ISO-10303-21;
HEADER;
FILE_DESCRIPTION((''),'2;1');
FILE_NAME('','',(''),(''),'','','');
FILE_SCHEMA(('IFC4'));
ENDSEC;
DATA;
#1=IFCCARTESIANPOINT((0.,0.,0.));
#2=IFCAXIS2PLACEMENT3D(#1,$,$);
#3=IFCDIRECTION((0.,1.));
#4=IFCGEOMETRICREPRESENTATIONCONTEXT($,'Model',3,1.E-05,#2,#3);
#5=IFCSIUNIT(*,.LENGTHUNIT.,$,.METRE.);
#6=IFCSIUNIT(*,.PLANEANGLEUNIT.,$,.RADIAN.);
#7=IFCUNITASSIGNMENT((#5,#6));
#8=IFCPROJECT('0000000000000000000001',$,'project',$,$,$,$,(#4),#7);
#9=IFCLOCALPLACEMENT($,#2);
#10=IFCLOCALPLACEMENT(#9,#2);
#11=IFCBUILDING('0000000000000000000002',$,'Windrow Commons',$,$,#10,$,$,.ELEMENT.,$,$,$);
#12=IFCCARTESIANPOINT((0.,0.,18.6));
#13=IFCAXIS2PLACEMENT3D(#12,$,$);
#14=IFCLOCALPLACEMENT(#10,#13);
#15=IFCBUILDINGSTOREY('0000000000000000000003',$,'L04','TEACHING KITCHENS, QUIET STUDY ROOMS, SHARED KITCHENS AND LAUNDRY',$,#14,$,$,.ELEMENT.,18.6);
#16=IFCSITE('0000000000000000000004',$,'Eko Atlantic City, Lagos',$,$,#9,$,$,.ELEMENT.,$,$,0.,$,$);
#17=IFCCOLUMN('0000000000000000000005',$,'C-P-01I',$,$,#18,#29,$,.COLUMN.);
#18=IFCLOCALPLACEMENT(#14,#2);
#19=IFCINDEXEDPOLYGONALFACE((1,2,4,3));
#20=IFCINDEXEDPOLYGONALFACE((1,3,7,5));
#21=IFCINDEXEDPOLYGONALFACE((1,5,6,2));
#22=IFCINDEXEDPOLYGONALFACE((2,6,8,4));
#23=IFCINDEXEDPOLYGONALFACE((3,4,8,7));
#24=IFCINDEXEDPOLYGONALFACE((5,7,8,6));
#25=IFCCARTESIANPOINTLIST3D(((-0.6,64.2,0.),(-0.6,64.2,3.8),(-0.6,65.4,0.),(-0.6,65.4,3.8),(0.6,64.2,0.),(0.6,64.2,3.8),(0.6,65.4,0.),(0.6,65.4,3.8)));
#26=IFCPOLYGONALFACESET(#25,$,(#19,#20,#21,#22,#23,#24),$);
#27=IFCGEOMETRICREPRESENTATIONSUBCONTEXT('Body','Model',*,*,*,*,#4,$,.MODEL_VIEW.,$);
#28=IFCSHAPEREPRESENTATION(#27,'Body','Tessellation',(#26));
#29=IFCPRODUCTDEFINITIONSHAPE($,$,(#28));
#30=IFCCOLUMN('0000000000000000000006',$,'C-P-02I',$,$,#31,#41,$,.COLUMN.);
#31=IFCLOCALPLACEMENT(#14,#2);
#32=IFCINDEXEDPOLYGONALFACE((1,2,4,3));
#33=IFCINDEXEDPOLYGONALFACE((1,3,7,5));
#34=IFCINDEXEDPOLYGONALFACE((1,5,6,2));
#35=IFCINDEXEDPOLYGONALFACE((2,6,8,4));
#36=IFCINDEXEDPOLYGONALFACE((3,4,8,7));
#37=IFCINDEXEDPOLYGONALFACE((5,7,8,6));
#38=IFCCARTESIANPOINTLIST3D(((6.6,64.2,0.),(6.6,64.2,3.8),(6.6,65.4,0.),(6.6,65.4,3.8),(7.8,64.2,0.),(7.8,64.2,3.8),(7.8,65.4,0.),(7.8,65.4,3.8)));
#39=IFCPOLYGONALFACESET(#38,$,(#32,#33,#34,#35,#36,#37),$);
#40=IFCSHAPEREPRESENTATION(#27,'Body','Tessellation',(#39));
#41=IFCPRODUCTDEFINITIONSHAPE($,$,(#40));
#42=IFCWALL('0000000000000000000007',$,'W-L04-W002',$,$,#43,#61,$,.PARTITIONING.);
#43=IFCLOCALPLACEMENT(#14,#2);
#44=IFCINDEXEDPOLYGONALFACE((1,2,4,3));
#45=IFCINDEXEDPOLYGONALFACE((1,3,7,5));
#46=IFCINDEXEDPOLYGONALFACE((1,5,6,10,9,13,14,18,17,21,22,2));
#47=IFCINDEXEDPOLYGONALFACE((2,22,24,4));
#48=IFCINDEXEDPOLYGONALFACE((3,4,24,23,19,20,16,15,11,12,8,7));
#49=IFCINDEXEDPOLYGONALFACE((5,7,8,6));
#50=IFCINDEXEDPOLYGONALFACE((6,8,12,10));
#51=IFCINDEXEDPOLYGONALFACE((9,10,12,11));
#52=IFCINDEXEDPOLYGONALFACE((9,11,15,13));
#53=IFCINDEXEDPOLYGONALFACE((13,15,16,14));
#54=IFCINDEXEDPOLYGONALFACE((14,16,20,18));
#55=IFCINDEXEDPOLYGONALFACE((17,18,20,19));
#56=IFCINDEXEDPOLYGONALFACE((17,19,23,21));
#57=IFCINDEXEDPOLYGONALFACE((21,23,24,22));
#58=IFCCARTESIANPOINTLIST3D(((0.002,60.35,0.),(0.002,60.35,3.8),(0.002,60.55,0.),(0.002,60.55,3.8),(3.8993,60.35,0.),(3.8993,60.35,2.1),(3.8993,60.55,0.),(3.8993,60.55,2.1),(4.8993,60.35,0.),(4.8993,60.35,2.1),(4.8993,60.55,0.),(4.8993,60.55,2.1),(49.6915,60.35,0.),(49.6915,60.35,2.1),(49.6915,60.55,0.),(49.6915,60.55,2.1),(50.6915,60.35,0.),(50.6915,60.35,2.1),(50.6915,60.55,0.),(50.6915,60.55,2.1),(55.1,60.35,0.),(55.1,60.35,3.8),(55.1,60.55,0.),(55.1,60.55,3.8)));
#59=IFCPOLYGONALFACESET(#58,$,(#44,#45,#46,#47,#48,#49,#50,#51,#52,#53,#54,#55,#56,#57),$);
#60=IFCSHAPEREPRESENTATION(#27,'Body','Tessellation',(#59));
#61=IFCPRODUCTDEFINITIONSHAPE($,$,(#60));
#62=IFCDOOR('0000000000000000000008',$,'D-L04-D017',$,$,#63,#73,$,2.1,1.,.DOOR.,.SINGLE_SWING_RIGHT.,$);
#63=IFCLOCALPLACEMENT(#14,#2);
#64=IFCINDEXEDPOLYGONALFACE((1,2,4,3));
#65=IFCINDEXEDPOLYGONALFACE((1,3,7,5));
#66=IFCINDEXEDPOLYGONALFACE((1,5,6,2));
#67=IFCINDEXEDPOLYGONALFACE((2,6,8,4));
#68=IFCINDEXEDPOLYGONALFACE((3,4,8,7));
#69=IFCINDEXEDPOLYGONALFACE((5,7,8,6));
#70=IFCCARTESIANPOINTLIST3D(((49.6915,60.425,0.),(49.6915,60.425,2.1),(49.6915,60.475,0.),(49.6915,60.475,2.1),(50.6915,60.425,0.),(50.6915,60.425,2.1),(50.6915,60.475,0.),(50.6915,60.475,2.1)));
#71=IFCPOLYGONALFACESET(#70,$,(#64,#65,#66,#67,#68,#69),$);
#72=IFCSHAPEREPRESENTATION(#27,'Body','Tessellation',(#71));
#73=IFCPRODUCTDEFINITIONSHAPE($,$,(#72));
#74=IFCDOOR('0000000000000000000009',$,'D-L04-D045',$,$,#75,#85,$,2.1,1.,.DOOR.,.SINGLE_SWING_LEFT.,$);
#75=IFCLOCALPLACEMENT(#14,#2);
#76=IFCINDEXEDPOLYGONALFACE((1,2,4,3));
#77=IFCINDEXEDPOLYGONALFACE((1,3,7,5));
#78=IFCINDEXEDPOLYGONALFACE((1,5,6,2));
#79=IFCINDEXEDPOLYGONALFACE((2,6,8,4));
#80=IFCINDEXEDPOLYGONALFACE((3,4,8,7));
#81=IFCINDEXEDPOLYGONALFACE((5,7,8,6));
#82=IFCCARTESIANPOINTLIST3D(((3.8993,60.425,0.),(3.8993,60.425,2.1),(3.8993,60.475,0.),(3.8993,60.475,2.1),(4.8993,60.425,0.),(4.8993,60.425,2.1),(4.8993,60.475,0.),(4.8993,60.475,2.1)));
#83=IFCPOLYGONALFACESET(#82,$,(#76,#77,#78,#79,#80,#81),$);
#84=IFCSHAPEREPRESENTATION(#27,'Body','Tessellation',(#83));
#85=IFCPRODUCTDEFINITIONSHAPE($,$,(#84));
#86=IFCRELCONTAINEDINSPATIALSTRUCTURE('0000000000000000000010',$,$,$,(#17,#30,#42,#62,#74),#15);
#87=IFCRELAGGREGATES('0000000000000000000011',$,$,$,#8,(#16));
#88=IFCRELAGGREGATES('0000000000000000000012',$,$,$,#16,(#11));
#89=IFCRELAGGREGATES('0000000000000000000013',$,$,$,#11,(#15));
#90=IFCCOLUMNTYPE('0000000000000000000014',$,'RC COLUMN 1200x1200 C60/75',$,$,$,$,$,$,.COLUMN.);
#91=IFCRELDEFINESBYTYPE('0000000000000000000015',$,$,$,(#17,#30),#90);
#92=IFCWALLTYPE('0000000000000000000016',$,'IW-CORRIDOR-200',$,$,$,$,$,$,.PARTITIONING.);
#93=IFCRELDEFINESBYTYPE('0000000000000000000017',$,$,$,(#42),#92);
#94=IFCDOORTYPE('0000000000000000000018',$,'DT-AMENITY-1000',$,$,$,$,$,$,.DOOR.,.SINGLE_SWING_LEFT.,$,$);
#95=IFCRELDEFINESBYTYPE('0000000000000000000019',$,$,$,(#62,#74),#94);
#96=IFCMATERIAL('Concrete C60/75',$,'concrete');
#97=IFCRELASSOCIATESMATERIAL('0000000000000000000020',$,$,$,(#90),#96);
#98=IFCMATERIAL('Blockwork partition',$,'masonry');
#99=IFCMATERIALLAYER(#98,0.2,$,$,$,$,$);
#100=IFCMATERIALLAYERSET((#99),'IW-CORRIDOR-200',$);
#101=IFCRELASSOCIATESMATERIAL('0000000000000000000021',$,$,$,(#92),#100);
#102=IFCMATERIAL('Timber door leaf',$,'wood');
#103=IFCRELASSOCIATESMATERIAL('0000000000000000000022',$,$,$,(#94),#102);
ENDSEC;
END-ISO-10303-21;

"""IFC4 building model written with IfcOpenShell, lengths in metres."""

from ifc_helpers import new_model, si_unit, direction, frame, frame_2d, origin, origin_2d, place, context, subcontext, project, spatial, rectangle, extrude, material, layer, layer_set, material_profile, profile_set, type_object, element, fill, save


model = new_model("IFC4")

# Units and contexts
model_context = context("Model", 3, precision=1e-05, world=origin(), true_north=direction((0.0, 1.0)))
body_context = subcontext(model_context, "Body", "Model", "MODEL_VIEW")
ifc_project = project(units=[si_unit("LENGTHUNIT", "METRE"), si_unit("PLANEANGLEUNIT", "RADIAN")], contexts=[model_context])

# Site, building, storey
site_placement = place(None, origin())
site = spatial("IfcSite", under=ifc_project, at=site_placement, Name="Eko Atlantic City, Lagos", CompositionType="ELEMENT", RefElevation=0.0)
building_placement = place(site_placement, origin())
building = spatial("IfcBuilding", under=site, at=building_placement, Name="Windrow Commons", CompositionType="ELEMENT")
storey_placement = place(building_placement, frame((0.0, 0.0, 18.6)))
storey = spatial("IfcBuildingStorey", under=building, at=storey_placement, Name="L04", Description="TEACHING KITCHENS, QUIET STUDY ROOMS, SHARED KITCHENS AND LAUNDRY", CompositionType="ELEMENT", Elevation=18.6)

# Columns
ifc_material_1 = material(Name="Concrete C60/75", Category="concrete")
ifc_material_profile = material_profile(ifc_material_1, rectangle(XDim=1.2, YDim=1.2, at=origin_2d()))
ifc_profile_set = profile_set([ifc_material_profile], Name="Concrete C60/75")
column_type = type_object("IfcColumnType", Name="RC COLUMN 1200x1200 C60/75", PredefinedType="COLUMN", material=ifc_profile_set)
for number, where, z_axis, x_axis, name in (
    (1, (0.0, 64.8, 0.0), (0.0, 0.0, 1.0), (1.0, 0.0, 0.0), "C-P-01I"),
    (2, (7.2, 64.8, 0.0), (0.0, 0.0, 1.0), (1.0, 0.0, 0.0), "C-P-02I"),
):
    element("IfcColumn", number, at=place(storey_placement, frame(where, z_axis=z_axis, x_axis=x_axis)), inside=storey, type_object=column_type, Name=name, PredefinedType="COLUMN", context=body_context, shape_type="SweptSolid", body=[
        extrude(rectangle(XDim=1.2, YDim=1.2, at=origin_2d()), origin(), (0.0, 0.0, 1.0), 3.8),
    ])

# Wall, openings, doors
ifc_material_2 = material(Name="Blockwork partition", Category="masonry")
ifc_layer_1 = layer(ifc_material_2, 0.2)
ifc_layer_set_1 = layer_set([ifc_layer_1], Name="IW-CORRIDOR-200")
wall_type_1 = type_object("IfcWallType", Name="IW-CORRIDOR-200", PredefinedType="PARTITIONING", material=ifc_layer_set_1)
wall_1_placement = place(storey_placement, frame((0.002, 60.45, 0.0), z_axis=(0.0, 0.0, 1.0), x_axis=(1.0, 0.0, 0.0)))
wall_1 = element("IfcWall", 3, at=wall_1_placement, inside=storey, type_object=wall_type_1, Name="W-L04-W002", PredefinedType="PARTITIONING", context=body_context, shape_type="SweptSolid", body=[
    extrude(rectangle(XDim=55.098, YDim=0.2, at=frame_2d((27.549, 0.0))), origin(), (0.0, 0.0, 1.0), 3.8),
])
opening_1_placement = place(wall_1_placement, frame((49.6895, 0.0, 0.0)))
opening_1 = element("IfcOpeningElement", 4, at=opening_1_placement, cuts=wall_1, PredefinedType="OPENING", context=body_context, shape_type="SweptSolid", body=[
    extrude(rectangle(XDim=1.0, YDim=2.1, at=frame_2d((0.5, 1.05))), frame((0.0, 0.11, 0.0), z_axis=(0.0, -1.0, 0.0), x_axis=(1.0, 0.0, 0.0)), (0.0, 0.0, 1.0), 0.22),
])
opening_2_placement = place(wall_1_placement, frame((3.8973, 0.0, 0.0)))
opening_2 = element("IfcOpeningElement", 5, at=opening_2_placement, cuts=wall_1, PredefinedType="OPENING", context=body_context, shape_type="SweptSolid", body=[
    extrude(rectangle(XDim=1.0, YDim=2.1, at=frame_2d((0.5, 1.05))), frame((0.0, 0.11, 0.0), z_axis=(0.0, -1.0, 0.0), x_axis=(1.0, 0.0, 0.0)), (0.0, 0.0, 1.0), 0.22),
])
ifc_material_3 = material(Name="Timber door leaf", Category="wood")
door_type = type_object("IfcDoorType", Name="DT-AMENITY-1000", OperationType="SINGLE_SWING_LEFT", PredefinedType="DOOR", material=ifc_material_3)
door_1_placement = place(opening_1_placement, origin())
door_1 = element("IfcDoor", 6, at=door_1_placement, inside=storey, type_object=door_type, Name="D-L04-D017", OperationType="SINGLE_SWING_RIGHT", OverallHeight=2.1, OverallWidth=1.0, PredefinedType="DOOR", context=body_context, shape_type="SweptSolid", body=[
    extrude(rectangle(XDim=1.0, YDim=2.1, at=frame_2d((0.5, 1.05))), frame((0.0, 0.025, 0.0), z_axis=(0.0, -1.0, 0.0), x_axis=(1.0, 0.0, 0.0)), (0.0, 0.0, 1.0), 0.05),
])
fill(opening_1, door_1)
door_2_placement = place(opening_2_placement, origin())
door_2 = element("IfcDoor", 7, at=door_2_placement, inside=storey, type_object=door_type, Name="D-L04-D045", OperationType="SINGLE_SWING_LEFT", OverallHeight=2.1, OverallWidth=1.0, PredefinedType="DOOR", context=body_context, shape_type="SweptSolid", body=[
    extrude(rectangle(XDim=1.0, YDim=2.1, at=frame_2d((0.5, 1.05))), frame((0.0, 0.025, 0.0), z_axis=(0.0, -1.0, 0.0), x_axis=(1.0, 0.0, 0.0)), (0.0, 0.0, 1.0), 0.05),
])
fill(opening_2, door_2)

save(model, "model.ifc")
